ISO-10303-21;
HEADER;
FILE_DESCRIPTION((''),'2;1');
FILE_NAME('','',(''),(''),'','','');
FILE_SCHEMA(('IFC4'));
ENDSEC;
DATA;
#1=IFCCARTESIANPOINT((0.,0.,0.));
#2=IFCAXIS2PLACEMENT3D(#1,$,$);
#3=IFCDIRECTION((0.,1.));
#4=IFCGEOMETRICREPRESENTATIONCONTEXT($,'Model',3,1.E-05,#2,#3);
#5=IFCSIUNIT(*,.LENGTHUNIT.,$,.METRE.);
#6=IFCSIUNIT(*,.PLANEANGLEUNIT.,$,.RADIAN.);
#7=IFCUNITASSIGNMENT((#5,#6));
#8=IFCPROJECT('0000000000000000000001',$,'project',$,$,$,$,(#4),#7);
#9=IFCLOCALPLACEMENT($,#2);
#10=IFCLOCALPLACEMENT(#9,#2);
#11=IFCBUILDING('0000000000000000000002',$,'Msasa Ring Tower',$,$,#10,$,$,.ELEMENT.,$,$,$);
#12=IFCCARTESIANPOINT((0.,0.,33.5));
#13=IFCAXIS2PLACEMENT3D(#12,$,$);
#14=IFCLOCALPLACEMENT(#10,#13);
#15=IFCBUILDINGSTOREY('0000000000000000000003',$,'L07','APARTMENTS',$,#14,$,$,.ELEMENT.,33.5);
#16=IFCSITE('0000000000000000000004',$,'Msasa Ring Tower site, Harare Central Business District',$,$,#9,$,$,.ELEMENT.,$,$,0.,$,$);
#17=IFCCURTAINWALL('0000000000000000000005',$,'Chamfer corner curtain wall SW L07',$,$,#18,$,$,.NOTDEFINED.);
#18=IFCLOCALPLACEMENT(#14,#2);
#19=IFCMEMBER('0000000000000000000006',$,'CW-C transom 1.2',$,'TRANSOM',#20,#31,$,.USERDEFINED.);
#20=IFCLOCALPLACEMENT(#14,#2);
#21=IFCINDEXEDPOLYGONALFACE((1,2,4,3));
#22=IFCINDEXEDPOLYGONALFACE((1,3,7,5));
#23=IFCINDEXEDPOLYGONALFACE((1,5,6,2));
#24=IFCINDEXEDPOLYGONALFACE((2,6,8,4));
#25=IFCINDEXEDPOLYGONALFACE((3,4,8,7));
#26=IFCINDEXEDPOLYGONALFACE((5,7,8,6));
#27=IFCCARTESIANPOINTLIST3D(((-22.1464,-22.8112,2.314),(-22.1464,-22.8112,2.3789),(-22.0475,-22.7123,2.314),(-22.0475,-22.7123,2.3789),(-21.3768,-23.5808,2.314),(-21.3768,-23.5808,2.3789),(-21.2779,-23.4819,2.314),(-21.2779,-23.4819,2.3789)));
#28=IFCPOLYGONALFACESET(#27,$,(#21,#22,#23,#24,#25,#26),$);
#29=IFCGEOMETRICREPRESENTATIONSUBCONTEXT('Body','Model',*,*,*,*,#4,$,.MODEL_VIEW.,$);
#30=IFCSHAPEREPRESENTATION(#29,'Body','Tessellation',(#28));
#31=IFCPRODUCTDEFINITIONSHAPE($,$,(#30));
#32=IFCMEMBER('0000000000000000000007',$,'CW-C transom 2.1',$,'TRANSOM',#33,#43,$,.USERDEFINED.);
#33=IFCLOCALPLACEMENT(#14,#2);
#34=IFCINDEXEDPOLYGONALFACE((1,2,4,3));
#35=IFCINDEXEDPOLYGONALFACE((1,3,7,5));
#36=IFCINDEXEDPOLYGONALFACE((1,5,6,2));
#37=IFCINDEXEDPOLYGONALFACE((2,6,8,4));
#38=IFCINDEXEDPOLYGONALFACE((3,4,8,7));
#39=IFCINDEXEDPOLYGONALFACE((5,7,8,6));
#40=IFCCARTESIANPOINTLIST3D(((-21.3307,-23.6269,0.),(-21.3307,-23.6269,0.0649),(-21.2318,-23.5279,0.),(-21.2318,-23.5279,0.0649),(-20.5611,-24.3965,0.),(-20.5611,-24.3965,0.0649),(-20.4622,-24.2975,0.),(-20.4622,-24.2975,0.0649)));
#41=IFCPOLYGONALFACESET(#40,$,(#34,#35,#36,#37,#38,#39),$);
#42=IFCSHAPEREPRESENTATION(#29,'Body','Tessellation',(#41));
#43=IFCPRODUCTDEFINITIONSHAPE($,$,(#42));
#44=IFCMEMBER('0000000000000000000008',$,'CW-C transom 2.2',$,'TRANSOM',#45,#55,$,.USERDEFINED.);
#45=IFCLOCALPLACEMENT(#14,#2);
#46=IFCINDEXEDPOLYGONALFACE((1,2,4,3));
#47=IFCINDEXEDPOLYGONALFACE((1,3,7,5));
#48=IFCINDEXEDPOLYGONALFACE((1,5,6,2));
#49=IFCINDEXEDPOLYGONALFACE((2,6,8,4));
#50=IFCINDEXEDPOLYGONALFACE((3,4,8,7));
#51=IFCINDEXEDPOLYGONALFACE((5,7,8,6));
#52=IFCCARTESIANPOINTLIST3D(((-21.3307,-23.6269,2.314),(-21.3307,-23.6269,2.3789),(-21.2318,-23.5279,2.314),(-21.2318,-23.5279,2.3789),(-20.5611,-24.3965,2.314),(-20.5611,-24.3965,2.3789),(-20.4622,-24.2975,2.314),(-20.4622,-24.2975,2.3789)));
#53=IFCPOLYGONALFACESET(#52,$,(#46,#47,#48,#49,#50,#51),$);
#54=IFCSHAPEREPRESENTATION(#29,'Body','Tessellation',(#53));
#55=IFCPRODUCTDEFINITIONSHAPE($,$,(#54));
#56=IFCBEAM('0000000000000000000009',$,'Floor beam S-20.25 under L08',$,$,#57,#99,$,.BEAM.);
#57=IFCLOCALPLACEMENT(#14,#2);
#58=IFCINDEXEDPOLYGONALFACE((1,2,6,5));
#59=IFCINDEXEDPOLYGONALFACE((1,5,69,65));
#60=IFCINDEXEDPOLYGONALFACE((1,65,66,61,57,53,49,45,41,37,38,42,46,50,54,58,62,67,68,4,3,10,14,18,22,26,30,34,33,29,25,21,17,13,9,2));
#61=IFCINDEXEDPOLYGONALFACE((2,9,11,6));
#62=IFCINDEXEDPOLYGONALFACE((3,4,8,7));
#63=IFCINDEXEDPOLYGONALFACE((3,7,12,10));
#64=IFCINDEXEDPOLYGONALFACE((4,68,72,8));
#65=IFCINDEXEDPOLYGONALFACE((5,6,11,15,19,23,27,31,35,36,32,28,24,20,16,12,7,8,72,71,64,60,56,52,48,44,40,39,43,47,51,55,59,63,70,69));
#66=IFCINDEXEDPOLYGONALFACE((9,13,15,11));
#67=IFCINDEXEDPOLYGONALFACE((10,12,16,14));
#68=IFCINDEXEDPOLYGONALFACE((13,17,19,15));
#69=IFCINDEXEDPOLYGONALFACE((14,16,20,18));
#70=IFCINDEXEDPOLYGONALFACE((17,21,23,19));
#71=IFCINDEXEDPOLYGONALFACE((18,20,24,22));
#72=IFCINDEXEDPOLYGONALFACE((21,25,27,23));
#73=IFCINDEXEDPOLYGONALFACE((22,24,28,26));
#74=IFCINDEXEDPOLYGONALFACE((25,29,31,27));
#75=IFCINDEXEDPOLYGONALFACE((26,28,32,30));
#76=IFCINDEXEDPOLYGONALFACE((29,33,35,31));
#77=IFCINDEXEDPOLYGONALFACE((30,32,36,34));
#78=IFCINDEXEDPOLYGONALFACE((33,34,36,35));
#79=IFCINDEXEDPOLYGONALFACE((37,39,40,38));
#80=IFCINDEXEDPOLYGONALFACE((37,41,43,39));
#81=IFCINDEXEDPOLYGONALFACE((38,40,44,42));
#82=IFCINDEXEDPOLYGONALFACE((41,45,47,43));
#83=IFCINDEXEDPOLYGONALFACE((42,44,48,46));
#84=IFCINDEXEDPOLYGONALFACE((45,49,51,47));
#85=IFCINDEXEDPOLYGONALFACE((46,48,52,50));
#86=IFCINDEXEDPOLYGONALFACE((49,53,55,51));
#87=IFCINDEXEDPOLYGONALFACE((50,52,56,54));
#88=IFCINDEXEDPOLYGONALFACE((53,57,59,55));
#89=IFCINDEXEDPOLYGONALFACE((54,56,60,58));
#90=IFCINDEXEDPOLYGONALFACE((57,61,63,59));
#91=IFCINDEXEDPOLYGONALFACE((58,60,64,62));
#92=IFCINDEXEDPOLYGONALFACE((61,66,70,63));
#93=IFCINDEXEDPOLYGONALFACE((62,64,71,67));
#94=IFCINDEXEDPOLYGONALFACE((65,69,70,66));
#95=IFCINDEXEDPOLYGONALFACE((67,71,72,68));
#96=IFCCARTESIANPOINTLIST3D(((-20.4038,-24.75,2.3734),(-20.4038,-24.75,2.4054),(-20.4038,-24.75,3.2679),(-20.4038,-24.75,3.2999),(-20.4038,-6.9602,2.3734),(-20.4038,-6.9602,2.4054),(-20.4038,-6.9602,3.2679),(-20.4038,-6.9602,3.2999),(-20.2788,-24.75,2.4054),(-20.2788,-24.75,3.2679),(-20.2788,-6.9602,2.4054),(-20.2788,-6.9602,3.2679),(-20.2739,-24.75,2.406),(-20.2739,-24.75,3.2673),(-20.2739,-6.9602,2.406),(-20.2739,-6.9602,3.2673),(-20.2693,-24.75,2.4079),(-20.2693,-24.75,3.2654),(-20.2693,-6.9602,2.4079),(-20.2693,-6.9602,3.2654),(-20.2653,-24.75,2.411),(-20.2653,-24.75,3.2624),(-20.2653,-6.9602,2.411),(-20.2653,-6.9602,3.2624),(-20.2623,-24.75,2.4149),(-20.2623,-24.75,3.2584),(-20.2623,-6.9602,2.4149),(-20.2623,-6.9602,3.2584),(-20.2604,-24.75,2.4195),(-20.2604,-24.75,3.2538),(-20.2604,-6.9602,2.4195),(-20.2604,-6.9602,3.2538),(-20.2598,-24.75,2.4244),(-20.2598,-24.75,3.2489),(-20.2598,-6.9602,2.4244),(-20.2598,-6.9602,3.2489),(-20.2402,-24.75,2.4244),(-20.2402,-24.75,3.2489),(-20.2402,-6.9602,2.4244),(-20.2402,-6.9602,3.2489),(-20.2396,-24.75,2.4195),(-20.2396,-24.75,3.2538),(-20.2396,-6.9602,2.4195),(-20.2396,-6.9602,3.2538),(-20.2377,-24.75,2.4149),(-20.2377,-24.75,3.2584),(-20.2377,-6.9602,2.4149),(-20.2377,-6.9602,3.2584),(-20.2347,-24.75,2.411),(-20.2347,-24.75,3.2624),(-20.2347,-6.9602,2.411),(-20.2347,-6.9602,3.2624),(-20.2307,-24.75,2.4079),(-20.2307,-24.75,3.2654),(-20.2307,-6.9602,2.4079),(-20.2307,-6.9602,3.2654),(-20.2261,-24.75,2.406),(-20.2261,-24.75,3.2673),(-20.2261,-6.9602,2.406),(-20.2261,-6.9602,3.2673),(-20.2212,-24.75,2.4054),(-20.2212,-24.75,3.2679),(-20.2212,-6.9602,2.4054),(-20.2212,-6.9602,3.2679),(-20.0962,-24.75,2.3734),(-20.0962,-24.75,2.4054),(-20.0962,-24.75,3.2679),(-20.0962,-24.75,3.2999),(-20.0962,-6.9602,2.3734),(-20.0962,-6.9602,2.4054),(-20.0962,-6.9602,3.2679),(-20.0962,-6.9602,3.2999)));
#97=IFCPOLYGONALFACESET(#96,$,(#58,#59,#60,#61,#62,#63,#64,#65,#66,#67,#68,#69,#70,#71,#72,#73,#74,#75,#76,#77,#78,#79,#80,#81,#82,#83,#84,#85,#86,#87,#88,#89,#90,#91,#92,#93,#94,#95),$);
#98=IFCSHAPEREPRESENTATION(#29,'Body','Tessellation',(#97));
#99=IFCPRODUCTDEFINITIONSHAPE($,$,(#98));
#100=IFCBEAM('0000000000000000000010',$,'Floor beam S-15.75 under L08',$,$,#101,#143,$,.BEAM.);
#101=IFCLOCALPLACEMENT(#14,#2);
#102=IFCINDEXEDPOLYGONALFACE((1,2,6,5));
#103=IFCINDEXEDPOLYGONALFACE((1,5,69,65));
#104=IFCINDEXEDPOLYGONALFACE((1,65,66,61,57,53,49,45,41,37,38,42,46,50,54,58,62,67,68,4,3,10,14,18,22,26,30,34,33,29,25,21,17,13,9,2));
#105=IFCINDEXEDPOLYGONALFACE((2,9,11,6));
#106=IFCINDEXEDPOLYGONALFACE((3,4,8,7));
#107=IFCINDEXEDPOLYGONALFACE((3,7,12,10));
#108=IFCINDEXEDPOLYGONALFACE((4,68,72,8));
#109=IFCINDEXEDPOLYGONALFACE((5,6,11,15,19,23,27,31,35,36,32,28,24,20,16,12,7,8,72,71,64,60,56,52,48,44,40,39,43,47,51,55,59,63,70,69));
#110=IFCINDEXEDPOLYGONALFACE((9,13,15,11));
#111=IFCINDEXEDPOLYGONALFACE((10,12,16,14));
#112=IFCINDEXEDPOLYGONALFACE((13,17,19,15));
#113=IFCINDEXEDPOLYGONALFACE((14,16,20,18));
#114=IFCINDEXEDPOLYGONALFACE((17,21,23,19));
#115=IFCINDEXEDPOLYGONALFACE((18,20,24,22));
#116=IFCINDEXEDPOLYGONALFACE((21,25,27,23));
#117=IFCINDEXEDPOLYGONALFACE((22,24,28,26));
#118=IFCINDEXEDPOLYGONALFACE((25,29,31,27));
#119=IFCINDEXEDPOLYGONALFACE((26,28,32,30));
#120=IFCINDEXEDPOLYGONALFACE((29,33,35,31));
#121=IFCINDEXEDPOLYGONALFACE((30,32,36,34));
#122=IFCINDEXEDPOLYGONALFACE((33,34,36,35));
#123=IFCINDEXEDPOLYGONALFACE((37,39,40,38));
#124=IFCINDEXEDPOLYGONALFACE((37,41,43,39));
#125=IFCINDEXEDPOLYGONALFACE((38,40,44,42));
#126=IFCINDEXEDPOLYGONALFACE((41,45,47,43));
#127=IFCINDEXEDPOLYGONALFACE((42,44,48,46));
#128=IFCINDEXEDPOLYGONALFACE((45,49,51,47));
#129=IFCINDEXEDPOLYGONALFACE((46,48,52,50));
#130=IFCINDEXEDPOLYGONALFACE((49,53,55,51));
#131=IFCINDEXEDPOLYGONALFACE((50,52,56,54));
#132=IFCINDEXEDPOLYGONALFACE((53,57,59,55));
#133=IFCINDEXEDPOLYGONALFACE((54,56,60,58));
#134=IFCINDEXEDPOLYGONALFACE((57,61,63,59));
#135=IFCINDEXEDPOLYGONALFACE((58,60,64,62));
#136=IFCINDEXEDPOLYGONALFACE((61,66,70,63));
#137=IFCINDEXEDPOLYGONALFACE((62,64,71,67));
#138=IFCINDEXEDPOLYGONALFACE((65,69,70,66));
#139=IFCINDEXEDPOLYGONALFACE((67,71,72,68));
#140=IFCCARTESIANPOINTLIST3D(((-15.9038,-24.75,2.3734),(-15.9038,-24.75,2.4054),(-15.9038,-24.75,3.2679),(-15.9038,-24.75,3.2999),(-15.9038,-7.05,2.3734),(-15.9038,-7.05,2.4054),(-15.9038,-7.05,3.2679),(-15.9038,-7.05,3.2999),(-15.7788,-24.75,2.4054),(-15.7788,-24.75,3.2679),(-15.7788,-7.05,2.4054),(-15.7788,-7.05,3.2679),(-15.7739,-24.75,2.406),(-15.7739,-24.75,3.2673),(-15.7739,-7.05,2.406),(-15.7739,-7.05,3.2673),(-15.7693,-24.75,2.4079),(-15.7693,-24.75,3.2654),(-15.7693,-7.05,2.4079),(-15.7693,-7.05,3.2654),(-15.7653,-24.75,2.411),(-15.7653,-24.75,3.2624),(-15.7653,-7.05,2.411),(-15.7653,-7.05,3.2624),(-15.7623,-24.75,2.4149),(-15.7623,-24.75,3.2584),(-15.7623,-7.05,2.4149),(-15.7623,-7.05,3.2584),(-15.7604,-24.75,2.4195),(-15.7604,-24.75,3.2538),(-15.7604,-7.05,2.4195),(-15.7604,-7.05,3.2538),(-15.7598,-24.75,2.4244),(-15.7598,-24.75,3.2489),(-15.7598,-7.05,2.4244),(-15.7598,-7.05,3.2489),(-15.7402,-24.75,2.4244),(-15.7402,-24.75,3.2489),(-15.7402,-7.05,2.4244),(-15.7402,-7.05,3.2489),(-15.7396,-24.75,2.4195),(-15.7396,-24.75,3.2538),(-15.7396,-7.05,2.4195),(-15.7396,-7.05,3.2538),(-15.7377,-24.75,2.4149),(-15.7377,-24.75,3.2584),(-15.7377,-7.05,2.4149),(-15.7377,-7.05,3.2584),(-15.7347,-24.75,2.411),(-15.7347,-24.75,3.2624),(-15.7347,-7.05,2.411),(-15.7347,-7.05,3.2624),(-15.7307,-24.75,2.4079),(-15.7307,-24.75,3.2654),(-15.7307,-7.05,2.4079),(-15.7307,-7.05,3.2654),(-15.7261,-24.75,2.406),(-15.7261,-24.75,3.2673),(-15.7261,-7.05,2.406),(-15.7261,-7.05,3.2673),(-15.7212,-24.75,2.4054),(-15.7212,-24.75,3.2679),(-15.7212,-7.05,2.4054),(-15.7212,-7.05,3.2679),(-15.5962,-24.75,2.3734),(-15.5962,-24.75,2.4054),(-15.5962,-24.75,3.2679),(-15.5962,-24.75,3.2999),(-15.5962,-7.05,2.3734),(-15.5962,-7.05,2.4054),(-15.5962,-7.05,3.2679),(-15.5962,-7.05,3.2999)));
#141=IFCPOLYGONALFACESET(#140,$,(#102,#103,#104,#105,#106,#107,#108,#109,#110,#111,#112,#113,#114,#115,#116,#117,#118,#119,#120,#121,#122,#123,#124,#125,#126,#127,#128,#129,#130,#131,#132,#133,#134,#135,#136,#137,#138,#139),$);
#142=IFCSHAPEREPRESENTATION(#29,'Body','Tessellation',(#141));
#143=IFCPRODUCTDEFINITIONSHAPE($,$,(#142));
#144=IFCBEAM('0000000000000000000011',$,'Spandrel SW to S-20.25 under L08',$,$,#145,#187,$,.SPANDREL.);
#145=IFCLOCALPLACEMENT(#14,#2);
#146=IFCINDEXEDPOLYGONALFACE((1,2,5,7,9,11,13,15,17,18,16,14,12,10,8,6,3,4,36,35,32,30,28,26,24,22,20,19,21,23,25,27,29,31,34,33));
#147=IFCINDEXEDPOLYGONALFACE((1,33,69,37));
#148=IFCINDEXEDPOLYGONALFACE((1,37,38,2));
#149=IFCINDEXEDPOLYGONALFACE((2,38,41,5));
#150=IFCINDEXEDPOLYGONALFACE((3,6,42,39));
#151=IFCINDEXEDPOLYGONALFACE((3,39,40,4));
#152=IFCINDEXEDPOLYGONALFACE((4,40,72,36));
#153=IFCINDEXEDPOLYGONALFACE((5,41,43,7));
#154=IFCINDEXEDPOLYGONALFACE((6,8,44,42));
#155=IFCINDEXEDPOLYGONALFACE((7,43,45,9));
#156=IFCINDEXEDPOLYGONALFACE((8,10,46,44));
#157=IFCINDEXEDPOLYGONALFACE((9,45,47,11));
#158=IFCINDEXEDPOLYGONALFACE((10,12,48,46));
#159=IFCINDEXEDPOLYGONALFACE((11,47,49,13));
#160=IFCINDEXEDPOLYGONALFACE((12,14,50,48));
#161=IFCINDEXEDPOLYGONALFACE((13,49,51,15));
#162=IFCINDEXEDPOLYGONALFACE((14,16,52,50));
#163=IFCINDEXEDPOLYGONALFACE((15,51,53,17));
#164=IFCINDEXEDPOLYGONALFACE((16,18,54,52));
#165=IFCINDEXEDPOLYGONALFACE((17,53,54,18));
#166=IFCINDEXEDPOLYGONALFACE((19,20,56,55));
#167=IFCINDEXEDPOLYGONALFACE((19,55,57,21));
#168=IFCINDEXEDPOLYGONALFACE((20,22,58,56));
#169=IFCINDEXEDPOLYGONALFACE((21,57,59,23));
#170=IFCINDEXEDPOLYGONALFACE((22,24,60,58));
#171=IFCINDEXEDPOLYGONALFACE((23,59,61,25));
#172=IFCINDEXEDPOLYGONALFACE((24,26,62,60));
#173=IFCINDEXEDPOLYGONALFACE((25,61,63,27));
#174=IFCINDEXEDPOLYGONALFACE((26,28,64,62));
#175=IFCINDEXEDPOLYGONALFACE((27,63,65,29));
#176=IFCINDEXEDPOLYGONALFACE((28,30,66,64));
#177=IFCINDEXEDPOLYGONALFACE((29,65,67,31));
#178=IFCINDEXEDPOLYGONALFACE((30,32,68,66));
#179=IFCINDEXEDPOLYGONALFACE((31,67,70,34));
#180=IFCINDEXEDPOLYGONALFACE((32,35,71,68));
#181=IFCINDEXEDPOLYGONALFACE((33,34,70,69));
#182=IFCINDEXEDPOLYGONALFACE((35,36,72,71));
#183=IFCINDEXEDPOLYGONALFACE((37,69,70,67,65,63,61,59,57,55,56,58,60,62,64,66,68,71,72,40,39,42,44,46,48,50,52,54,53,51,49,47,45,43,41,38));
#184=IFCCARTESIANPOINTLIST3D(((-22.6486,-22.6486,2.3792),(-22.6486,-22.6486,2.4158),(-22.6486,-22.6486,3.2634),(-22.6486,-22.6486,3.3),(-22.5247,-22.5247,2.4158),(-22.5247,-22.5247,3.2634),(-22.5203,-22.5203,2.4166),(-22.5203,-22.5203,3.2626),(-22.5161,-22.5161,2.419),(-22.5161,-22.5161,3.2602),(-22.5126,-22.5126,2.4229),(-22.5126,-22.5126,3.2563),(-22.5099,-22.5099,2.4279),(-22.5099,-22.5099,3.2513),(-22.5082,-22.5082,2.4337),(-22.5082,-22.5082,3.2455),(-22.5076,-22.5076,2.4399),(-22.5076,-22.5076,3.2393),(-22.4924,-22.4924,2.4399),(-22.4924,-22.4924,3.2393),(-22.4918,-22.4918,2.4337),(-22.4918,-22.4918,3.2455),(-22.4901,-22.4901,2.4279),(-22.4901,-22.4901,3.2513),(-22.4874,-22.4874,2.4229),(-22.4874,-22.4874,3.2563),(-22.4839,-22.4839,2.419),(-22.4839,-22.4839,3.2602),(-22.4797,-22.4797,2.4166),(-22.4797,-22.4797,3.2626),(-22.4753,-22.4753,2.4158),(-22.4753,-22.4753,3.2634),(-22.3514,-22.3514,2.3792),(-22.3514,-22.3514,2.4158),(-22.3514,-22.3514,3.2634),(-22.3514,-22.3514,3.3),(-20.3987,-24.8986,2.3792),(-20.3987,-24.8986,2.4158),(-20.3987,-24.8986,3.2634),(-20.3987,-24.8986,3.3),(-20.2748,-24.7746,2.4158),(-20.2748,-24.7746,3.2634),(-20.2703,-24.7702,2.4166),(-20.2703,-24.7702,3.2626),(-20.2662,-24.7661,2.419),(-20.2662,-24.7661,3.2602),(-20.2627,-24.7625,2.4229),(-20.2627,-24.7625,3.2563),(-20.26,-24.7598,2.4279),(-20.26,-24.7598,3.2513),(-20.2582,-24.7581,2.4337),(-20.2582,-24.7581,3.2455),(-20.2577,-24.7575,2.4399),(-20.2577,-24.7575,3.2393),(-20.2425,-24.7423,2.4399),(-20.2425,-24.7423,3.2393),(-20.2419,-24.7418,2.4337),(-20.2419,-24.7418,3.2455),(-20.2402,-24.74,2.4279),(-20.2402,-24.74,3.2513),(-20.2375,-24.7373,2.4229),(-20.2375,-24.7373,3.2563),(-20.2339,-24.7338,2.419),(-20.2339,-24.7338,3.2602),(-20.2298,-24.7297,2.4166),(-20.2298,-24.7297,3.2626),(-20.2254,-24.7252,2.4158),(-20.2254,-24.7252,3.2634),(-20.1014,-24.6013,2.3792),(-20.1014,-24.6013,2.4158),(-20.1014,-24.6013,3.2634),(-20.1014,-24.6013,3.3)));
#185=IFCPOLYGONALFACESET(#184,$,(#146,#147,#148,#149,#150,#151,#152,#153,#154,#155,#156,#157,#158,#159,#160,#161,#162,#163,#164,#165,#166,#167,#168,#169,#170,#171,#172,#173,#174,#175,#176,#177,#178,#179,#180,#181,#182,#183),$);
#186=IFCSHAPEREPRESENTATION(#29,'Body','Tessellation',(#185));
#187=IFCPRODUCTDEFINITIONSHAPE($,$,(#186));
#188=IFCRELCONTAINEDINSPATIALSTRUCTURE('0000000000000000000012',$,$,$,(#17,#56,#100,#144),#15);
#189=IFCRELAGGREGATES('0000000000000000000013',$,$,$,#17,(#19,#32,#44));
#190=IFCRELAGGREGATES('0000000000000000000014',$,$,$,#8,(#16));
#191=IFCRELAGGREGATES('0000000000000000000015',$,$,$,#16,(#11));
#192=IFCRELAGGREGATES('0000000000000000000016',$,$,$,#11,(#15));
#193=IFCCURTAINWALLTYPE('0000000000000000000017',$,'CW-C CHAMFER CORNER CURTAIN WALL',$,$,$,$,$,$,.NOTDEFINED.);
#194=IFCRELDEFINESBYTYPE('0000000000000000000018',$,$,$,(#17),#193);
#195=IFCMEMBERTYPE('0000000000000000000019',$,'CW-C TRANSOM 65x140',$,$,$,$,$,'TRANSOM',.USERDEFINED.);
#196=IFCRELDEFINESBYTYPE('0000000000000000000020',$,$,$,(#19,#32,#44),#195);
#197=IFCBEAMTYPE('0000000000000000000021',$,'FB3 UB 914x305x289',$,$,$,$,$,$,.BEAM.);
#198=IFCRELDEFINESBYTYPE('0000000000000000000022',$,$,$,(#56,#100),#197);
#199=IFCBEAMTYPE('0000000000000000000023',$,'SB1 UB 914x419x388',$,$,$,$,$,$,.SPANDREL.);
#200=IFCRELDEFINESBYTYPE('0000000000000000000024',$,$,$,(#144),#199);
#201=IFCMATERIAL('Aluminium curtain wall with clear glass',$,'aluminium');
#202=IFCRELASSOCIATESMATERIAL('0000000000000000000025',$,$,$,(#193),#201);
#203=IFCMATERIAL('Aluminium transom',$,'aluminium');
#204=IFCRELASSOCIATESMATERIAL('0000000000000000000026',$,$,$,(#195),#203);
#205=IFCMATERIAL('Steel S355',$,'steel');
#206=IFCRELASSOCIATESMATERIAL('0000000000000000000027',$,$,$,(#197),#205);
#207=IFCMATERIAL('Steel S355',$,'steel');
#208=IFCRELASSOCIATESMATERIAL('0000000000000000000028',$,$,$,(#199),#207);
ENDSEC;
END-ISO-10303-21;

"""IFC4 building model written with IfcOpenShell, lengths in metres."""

from ifc_helpers import new_model, si_unit, direction, frame, origin, origin_2d, place, context, subcontext, project, spatial, rectangle, i_section, extrude, material, material_profile, profile_set, type_object, element, aggregate, save


model = new_model("IFC4")

# Units and contexts
model_context = context("Model", 3, precision=1e-05, world=origin(), true_north=direction((0.0, 1.0)))
body_context = subcontext(model_context, "Body", "Model", "MODEL_VIEW")
ifc_project = project(units=[si_unit("LENGTHUNIT", "METRE"), si_unit("PLANEANGLEUNIT", "RADIAN")], contexts=[model_context])

# Site, building, storey
site_placement = place(None, origin())
site = spatial("IfcSite", under=ifc_project, at=site_placement, Name="Msasa Ring Tower site, Harare Central Business District", CompositionType="ELEMENT", RefElevation=0.0)
building_placement = place(site_placement, origin())
building = spatial("IfcBuilding", under=site, at=building_placement, Name="Msasa Ring Tower", CompositionType="ELEMENT")
storey_placement = place(building_placement, frame((0.0, 0.0, 33.5)))
storey = spatial("IfcBuildingStorey", under=building, at=storey_placement, Name="L07", Description="APARTMENTS", CompositionType="ELEMENT", Elevation=33.5)

# Curtain wall
ifc_material_1 = material(Name="Aluminium curtain wall with clear glass", Category="aluminium")
curtain_wall_type = type_object("IfcCurtainWallType", Name="CW-C CHAMFER CORNER CURTAIN WALL", PredefinedType="NOTDEFINED", material=ifc_material_1)
curtain_wall_1_placement = place(storey_placement, origin())
curtain_wall_1 = element("IfcCurtainWall", 1, at=curtain_wall_1_placement, inside=storey, type_object=curtain_wall_type, Name="Chamfer corner curtain wall SW L07", PredefinedType="NOTDEFINED")

# Members
ifc_material_2 = material(Name="Aluminium transom", Category="aluminium")
ifc_material_profile_1 = material_profile(ifc_material_2, rectangle(XDim=0.1399, YDim=0.0649, at=origin_2d()), Name="AL 65x140")
ifc_profile_set_1 = profile_set([ifc_material_profile_1], Name="Aluminium transom")
member_type_1 = type_object("IfcMemberType", Name="CW-C TRANSOM 65x140", ElementType="TRANSOM", PredefinedType="USERDEFINED", material=ifc_profile_set_1)
member_1_placement = place(storey_placement, frame((-22.0969, -22.7617, 2.3464), z_axis=(0.707107, -0.707107, 0.0), x_axis=(0.707107, 0.707107, 0.0)))
member_1 = element("IfcMember", 2, at=member_1_placement, type_object=member_type_1, Name="CW-C transom 1.2", ObjectType="TRANSOM", PredefinedType="USERDEFINED", context=body_context, shape_type="SweptSolid", body=[
    extrude(rectangle(XDim=0.1399, YDim=0.0649, at=origin_2d()), origin(), (0.0, 0.0, 1.0), 1.0884),
])
member_2_placement = place(storey_placement, frame((-21.2812, -23.5774, 0.0325), z_axis=(0.707107, -0.707107, 0.0), x_axis=(0.707107, 0.707107, 0.0)))
member_2 = element("IfcMember", 3, at=member_2_placement, type_object=member_type_1, Name="CW-C transom 2.1", ObjectType="TRANSOM", PredefinedType="USERDEFINED", context=body_context, shape_type="SweptSolid", body=[
    extrude(rectangle(XDim=0.1399, YDim=0.0649, at=origin_2d()), origin(), (0.0, 0.0, 1.0), 1.0884),
])
member_3_placement = place(storey_placement, frame((-21.2812, -23.5774, 2.3464), z_axis=(0.707107, -0.707107, 0.0), x_axis=(0.707107, 0.707107, 0.0)))
member_3 = element("IfcMember", 4, at=member_3_placement, type_object=member_type_1, Name="CW-C transom 2.2", ObjectType="TRANSOM", PredefinedType="USERDEFINED", context=body_context, shape_type="SweptSolid", body=[
    extrude(rectangle(XDim=0.1399, YDim=0.0649, at=origin_2d()), origin(), (0.0, 0.0, 1.0), 1.0884),
])

# Beams
ifc_material_3 = material(Name="Steel S355", Category="steel")
ifc_material_profile_2 = material_profile(ifc_material_3, i_section(OverallWidth=0.3076, OverallDepth=0.9265, WebThickness=0.0195, FlangeThickness=0.032, FilletRadius=0.019, at=origin_2d()), Name="UB 914x305x289")
ifc_profile_set_2 = profile_set([ifc_material_profile_2], Name="Steel S355")
beam_type_1 = type_object("IfcBeamType", Name="FB3 UB 914x305x289", PredefinedType="BEAM", material=ifc_profile_set_2)
beam_1_placement = place(storey_placement, frame((-20.25, -24.75, 2.8367), z_axis=(0.0, 1.0, 0.0), x_axis=(-1.0, 0.0, 0.0)))
element("IfcBeam", 5, at=beam_1_placement, inside=storey, type_object=beam_type_1, Name="Floor beam S-20.25 under L08", PredefinedType="BEAM", context=body_context, shape_type="SweptSolid", body=[
    extrude(i_section(OverallWidth=0.3076, OverallDepth=0.9265, WebThickness=0.0195, FlangeThickness=0.032, FilletRadius=0.019, at=origin_2d()), origin(), (0.0, 0.0, 1.0), 17.7898),
])
beam_2_placement = place(storey_placement, frame((-15.75, -24.75, 2.8367), z_axis=(0.0, 1.0, 0.0), x_axis=(-1.0, 0.0, 0.0)))
element("IfcBeam", 6, at=beam_2_placement, inside=storey, type_object=beam_type_1, Name="Floor beam S-15.75 under L08", PredefinedType="BEAM", context=body_context, shape_type="SweptSolid", body=[
    extrude(i_section(OverallWidth=0.3076, OverallDepth=0.9265, WebThickness=0.0195, FlangeThickness=0.032, FilletRadius=0.019, at=origin_2d()), origin(), (0.0, 0.0, 1.0), 17.7),
])
ifc_material_4 = material(Name="Steel S355", Category="steel")
ifc_material_profile_3 = material_profile(ifc_material_4, i_section(OverallWidth=0.4204, OverallDepth=0.9209, WebThickness=0.0215, FlangeThickness=0.0366, FilletRadius=0.0242, at=origin_2d()), Name="UB 914x419x388")
ifc_profile_set_3 = profile_set([ifc_material_profile_3], Name="Steel S355")
beam_type_2 = type_object("IfcBeamType", Name="SB1 UB 914x419x388", PredefinedType="SPANDREL", material=ifc_profile_set_3)
beam_3_placement = place(storey_placement, frame((-22.5, -22.5, 2.8396), z_axis=(0.707107, -0.707107, 0.0), x_axis=(0.707107, 0.707107, 0.0)))
element("IfcBeam", 7, at=beam_3_placement, inside=storey, type_object=beam_type_2, Name="Spandrel SW to S-20.25 under L08", PredefinedType="SPANDREL", context=body_context, shape_type="SweptSolid", body=[
    extrude(i_section(OverallWidth=0.4204, OverallDepth=0.9209, WebThickness=0.0215, FlangeThickness=0.0366, FilletRadius=0.0242, at=origin_2d()), origin(), (0.0, 0.0, 1.0), 3.1819),
])

aggregate(curtain_wall_1, [member_1, member_2, member_3])

save(model, "model.ifc")
